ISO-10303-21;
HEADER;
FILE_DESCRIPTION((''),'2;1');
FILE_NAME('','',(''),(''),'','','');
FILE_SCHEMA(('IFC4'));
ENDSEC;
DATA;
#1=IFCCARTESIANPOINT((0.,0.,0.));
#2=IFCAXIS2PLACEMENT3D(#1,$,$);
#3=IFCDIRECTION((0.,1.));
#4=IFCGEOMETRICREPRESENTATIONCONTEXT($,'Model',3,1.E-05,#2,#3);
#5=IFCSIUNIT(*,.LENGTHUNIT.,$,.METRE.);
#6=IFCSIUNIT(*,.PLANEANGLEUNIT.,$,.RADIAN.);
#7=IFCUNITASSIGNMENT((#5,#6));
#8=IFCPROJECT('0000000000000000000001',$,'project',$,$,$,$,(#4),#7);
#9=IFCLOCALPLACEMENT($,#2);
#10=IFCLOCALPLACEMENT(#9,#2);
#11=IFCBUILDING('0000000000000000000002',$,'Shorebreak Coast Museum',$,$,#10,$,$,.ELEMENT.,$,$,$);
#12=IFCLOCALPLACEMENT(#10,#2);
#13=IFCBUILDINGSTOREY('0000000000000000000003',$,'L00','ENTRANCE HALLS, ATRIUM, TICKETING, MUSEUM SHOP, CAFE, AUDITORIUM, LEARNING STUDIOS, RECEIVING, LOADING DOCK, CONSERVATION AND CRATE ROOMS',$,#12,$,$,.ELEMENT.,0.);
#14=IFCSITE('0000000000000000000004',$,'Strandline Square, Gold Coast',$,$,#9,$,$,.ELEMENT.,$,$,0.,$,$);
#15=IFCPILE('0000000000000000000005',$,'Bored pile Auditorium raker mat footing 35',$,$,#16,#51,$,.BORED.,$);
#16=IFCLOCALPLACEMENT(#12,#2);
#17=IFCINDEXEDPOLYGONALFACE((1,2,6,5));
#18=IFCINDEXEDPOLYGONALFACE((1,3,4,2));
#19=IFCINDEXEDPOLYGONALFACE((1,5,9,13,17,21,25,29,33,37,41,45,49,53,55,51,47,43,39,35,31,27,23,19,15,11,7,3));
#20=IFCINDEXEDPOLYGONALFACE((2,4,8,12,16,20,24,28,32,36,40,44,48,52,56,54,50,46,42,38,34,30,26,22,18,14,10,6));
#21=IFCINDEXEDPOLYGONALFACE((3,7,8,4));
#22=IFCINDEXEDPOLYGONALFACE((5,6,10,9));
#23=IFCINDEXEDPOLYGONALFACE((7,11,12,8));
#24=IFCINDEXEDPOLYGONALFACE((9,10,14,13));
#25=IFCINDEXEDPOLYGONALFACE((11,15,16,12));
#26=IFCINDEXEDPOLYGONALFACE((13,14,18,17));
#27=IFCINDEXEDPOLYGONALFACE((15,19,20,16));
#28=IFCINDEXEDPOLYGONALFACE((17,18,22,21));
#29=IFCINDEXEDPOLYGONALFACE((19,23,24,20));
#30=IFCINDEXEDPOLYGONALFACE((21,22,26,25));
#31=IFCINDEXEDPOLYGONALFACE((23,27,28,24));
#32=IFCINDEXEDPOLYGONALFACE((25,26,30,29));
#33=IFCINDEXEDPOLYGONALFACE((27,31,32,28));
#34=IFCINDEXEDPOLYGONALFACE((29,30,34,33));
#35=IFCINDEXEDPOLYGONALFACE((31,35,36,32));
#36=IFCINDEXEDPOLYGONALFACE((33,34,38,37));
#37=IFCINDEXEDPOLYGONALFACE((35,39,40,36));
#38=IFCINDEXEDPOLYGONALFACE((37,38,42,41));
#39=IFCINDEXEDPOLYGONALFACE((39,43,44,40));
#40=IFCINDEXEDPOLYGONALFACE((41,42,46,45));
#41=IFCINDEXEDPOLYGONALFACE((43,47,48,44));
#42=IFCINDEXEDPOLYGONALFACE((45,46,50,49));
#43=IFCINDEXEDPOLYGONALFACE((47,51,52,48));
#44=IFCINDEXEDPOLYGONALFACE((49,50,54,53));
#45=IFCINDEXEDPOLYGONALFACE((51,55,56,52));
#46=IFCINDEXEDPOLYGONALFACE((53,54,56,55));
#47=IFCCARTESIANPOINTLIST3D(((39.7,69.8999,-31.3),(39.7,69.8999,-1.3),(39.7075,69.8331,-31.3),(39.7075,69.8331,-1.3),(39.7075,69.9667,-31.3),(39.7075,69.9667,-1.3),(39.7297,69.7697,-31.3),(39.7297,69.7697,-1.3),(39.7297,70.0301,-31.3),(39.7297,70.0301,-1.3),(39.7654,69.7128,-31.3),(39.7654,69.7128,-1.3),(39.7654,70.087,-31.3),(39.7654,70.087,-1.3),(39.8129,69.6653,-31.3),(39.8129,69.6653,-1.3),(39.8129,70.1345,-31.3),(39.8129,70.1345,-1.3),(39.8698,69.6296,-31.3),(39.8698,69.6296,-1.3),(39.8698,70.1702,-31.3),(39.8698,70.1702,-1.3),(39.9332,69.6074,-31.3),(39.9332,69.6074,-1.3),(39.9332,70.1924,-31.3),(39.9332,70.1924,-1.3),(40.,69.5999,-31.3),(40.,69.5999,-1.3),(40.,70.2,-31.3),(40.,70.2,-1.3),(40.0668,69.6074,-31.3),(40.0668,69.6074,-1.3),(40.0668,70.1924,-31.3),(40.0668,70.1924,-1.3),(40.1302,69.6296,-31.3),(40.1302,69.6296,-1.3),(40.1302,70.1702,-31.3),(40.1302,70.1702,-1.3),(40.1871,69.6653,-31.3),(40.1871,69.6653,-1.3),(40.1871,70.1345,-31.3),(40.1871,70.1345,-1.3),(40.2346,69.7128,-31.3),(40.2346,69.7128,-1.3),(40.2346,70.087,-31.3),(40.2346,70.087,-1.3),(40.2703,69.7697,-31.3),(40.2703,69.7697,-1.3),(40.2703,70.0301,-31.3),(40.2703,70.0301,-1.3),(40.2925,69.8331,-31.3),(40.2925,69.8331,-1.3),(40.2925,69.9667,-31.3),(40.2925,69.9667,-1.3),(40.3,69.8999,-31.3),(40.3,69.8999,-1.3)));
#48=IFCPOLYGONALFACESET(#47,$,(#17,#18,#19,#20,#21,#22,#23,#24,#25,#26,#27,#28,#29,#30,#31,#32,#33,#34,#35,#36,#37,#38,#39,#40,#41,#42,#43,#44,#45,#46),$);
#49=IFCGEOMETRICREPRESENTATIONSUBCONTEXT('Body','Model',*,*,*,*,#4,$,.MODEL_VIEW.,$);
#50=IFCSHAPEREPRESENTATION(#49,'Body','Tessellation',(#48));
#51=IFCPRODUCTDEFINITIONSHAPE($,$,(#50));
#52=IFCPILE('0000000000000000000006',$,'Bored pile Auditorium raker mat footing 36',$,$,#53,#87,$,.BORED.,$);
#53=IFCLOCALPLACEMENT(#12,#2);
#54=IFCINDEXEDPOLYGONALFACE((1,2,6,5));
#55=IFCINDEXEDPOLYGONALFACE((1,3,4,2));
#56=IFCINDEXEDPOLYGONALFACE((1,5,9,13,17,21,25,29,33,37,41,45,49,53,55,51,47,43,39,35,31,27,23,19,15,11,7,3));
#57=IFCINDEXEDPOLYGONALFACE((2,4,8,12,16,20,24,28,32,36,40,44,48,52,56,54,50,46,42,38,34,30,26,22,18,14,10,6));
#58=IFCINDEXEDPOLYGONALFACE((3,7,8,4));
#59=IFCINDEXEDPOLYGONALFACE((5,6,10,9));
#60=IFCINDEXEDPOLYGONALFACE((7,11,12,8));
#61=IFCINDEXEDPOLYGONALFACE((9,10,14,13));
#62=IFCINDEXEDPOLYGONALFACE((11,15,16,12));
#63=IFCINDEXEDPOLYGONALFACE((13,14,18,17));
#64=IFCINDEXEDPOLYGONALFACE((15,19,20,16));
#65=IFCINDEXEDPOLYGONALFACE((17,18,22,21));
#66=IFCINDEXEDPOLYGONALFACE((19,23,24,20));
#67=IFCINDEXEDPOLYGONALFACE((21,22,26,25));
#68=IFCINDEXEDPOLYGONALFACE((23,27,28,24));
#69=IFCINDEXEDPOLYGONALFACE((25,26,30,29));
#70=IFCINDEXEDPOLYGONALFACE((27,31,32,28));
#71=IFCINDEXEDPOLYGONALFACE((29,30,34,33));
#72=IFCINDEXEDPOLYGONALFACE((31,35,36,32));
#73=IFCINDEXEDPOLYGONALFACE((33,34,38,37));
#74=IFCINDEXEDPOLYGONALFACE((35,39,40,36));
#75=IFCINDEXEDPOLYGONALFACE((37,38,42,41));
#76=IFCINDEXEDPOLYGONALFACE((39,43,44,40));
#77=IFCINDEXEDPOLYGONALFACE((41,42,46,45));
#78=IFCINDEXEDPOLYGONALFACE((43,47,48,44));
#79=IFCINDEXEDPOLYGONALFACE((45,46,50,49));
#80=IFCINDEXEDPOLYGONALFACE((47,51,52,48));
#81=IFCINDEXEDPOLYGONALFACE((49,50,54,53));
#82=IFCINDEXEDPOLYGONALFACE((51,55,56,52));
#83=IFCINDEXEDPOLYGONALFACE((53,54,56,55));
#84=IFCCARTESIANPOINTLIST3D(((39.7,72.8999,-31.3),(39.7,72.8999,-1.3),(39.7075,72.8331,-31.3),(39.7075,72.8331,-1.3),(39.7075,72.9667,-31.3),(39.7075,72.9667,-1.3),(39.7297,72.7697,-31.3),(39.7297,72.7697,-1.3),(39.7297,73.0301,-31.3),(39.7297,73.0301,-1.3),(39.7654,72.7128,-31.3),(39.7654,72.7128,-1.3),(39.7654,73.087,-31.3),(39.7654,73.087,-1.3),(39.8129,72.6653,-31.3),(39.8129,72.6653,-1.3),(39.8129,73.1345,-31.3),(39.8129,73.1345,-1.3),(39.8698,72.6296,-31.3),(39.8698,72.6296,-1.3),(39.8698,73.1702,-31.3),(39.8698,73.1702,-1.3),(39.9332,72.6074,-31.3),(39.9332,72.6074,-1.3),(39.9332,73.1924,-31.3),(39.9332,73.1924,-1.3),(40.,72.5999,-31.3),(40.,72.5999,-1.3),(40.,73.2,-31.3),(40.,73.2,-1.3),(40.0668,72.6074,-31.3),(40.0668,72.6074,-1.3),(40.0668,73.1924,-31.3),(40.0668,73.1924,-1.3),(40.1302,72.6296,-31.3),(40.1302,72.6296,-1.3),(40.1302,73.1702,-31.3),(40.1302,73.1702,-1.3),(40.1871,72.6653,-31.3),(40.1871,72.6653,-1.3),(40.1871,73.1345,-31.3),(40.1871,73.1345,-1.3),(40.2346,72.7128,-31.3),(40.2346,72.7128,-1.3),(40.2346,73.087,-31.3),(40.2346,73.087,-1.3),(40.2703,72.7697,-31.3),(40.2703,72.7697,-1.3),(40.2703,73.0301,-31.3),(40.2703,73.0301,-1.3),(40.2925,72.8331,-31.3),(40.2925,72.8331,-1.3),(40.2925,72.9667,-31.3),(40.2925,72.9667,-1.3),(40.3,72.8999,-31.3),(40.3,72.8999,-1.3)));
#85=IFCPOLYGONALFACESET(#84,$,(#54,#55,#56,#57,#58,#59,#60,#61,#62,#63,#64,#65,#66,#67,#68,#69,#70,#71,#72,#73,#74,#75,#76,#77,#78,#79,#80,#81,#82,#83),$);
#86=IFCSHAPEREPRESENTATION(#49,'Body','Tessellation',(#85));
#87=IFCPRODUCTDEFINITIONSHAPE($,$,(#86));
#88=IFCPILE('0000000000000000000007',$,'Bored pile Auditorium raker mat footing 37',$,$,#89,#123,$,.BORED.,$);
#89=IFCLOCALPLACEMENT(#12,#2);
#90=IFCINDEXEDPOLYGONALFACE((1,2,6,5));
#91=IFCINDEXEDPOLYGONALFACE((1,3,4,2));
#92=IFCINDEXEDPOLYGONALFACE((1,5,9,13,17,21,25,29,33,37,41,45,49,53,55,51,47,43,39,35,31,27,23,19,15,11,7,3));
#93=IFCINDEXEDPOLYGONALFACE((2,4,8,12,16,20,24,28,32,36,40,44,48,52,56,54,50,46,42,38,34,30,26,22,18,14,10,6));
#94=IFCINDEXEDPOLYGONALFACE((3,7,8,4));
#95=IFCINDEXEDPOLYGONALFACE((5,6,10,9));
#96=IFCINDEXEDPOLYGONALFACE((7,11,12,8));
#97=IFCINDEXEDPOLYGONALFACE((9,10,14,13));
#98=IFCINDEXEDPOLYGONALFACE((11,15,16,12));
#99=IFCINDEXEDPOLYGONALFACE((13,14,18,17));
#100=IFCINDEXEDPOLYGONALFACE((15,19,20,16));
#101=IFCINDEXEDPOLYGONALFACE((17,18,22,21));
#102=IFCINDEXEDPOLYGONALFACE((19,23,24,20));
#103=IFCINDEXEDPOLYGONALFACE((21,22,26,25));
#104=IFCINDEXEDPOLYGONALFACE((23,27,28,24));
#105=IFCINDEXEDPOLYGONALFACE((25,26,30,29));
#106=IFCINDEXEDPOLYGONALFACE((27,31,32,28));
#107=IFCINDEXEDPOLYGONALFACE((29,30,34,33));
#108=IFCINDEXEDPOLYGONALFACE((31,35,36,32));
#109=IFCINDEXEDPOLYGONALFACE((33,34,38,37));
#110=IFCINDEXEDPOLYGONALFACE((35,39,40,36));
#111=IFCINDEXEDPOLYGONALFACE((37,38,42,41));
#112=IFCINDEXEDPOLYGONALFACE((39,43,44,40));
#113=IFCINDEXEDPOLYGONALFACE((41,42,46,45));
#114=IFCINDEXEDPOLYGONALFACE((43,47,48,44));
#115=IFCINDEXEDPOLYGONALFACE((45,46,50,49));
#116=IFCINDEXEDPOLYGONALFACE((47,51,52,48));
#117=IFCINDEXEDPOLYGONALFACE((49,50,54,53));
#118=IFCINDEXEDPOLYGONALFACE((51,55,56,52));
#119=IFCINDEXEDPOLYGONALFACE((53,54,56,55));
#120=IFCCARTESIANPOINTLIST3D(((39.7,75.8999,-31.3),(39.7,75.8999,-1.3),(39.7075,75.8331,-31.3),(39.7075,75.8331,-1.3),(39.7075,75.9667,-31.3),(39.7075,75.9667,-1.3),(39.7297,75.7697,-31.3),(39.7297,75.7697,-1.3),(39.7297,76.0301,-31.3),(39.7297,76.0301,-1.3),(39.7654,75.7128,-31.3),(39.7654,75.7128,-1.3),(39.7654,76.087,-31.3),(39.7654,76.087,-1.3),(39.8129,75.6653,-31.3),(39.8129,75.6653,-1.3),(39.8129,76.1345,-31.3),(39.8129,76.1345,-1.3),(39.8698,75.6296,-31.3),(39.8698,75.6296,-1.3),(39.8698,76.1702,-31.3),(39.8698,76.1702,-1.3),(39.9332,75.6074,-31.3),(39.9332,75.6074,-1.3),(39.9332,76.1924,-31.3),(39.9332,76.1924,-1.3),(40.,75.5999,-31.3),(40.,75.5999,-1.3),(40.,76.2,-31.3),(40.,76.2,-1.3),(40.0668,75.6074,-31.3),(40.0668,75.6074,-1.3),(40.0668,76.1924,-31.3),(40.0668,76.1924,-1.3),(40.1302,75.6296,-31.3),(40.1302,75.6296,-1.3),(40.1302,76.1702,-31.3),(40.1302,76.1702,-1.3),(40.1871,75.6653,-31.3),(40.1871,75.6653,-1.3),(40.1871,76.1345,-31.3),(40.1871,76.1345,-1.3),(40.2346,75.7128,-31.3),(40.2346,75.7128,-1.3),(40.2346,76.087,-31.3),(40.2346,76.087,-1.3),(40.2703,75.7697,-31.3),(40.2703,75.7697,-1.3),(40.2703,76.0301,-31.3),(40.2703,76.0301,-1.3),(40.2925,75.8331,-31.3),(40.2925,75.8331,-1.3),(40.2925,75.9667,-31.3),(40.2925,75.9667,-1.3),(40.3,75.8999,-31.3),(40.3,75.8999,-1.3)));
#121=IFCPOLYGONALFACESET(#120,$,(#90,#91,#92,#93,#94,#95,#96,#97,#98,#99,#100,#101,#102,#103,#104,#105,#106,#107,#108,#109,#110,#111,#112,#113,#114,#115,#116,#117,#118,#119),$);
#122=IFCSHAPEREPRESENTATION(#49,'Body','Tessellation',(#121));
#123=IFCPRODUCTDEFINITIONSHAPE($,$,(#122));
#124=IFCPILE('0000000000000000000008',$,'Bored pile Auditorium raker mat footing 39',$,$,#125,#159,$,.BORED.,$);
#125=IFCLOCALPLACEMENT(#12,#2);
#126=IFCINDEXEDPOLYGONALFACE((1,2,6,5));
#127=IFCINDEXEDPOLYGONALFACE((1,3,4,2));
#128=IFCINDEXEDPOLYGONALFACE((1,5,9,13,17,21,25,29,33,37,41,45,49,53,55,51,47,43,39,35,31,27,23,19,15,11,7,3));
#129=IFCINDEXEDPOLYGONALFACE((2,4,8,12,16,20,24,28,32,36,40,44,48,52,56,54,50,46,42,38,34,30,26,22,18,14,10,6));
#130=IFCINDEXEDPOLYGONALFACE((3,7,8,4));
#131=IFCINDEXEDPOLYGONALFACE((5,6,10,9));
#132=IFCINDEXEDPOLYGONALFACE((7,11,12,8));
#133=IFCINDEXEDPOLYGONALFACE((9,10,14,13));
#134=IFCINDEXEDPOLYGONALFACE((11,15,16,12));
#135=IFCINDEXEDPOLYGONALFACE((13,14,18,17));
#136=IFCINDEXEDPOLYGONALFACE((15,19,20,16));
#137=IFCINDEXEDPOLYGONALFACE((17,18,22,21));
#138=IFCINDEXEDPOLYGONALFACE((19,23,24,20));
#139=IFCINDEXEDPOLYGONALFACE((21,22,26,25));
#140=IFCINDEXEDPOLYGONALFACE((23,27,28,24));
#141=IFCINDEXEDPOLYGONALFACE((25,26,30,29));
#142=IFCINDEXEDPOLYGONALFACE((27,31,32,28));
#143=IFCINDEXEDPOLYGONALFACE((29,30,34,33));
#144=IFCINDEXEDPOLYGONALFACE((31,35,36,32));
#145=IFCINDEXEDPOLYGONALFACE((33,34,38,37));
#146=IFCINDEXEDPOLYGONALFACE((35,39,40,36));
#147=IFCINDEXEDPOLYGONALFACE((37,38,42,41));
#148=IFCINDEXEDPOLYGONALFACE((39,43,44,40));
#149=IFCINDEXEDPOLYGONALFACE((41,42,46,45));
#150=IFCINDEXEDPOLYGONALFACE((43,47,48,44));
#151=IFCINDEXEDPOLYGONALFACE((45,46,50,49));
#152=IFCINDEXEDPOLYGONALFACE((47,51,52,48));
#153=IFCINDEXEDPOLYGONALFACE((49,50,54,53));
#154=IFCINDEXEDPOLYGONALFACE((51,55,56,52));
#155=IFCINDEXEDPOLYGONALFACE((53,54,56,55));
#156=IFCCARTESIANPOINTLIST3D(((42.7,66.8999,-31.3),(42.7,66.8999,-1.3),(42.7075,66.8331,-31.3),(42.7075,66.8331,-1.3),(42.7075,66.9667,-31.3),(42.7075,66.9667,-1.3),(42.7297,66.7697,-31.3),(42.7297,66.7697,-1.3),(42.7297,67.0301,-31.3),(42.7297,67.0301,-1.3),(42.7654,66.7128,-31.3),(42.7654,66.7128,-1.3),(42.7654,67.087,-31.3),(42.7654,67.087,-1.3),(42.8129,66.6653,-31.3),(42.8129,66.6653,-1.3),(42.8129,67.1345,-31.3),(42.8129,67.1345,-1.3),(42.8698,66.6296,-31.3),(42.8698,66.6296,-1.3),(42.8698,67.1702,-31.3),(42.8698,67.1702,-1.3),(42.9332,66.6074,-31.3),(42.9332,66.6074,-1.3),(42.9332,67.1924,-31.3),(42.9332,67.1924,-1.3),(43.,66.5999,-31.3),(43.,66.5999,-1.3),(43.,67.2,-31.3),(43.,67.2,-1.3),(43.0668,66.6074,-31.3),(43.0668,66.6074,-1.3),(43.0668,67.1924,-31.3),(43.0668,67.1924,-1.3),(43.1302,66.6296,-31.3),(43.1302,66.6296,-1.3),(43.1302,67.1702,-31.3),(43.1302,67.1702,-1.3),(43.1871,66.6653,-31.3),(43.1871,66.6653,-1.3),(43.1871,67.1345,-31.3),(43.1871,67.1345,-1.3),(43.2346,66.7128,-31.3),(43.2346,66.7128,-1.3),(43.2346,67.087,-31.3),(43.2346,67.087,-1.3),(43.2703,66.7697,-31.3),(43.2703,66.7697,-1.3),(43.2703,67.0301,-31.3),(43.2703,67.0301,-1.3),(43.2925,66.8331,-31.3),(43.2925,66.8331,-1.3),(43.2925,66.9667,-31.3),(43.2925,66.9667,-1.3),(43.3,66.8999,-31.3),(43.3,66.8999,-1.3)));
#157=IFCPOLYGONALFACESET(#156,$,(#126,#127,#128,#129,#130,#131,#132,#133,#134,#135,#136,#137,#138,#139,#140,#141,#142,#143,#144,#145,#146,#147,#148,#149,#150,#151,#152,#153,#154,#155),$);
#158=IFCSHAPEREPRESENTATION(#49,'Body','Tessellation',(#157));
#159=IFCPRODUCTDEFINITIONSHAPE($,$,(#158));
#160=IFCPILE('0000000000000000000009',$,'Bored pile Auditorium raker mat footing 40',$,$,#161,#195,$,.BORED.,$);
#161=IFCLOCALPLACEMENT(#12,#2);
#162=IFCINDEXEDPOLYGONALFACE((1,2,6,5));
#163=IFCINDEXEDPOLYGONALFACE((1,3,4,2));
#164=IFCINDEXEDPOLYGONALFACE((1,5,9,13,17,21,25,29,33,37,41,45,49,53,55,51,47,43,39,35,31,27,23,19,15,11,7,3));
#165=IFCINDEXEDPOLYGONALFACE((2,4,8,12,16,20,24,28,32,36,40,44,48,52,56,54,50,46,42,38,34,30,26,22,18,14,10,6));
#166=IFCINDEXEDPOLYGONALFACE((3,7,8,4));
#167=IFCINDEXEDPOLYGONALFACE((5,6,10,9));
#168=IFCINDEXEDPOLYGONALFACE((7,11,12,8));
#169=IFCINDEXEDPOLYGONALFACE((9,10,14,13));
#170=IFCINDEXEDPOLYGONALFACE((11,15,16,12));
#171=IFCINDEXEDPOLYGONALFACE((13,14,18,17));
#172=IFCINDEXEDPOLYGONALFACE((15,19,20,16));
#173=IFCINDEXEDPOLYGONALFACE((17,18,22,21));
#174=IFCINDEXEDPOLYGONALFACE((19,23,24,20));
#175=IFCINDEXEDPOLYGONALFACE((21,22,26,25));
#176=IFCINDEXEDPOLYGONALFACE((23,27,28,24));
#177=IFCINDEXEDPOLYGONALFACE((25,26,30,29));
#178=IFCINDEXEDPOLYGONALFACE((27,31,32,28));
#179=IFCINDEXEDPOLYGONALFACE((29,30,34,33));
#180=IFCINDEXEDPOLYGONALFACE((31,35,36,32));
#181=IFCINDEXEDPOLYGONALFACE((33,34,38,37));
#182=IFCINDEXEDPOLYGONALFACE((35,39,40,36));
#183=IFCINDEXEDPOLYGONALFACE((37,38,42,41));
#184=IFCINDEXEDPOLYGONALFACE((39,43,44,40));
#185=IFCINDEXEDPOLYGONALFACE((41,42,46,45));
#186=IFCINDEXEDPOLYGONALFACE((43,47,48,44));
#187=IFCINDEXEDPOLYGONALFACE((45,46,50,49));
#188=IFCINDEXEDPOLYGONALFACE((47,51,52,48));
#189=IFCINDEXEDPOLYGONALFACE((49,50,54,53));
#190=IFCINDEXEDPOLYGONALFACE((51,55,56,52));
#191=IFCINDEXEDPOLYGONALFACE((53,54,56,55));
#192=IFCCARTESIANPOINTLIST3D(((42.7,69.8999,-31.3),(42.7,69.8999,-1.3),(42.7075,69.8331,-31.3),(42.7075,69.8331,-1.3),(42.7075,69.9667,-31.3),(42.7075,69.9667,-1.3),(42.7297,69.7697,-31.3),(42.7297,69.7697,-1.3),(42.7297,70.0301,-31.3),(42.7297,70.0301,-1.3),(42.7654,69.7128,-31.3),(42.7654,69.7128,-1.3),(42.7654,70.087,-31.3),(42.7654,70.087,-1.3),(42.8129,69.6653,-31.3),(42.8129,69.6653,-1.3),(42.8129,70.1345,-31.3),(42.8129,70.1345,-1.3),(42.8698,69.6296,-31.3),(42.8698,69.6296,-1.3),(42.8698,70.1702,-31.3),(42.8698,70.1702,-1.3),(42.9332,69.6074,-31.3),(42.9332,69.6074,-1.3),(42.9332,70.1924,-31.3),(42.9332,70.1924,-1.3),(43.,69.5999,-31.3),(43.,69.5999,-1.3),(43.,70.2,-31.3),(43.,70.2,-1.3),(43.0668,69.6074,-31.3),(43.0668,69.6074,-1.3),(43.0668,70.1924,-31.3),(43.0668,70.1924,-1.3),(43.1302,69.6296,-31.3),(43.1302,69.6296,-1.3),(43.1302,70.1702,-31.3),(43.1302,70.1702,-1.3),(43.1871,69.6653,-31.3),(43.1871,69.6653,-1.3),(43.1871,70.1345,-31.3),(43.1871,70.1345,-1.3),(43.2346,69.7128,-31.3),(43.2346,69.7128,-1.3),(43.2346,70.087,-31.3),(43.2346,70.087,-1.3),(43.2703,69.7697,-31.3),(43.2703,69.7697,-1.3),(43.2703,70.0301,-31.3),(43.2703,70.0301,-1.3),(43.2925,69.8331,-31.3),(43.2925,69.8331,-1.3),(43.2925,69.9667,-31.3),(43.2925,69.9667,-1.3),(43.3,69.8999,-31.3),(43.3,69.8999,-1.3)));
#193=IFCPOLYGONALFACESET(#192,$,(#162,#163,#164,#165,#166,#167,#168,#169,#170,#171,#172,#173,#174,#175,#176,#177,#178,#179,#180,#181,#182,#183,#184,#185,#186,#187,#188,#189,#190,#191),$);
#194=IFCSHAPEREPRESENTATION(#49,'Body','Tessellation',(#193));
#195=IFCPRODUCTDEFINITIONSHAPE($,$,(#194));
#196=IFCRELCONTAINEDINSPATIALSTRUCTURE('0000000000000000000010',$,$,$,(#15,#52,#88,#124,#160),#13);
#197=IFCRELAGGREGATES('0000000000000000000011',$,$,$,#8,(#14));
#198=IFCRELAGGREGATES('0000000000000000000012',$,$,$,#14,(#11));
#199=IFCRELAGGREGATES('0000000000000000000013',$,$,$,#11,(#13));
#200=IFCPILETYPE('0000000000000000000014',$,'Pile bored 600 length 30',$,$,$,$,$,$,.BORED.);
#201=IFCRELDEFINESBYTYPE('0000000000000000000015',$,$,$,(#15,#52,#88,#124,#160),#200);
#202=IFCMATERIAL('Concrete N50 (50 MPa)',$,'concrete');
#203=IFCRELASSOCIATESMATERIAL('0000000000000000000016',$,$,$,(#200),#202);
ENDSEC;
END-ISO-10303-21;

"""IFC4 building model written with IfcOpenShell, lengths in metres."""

from ifc_helpers import new_model, si_unit, direction, frame, origin, origin_2d, place, context, subcontext, project, spatial, circle, extrude, material, material_profile, profile_set, type_object, element, save


model = new_model("IFC4")

# Units and contexts
model_context = context("Model", 3, precision=1e-05, world=origin(), true_north=direction((0.0, 1.0)))
body_context = subcontext(model_context, "Body", "Model", "MODEL_VIEW")
ifc_project = project(units=[si_unit("LENGTHUNIT", "METRE"), si_unit("PLANEANGLEUNIT", "RADIAN")], contexts=[model_context])

# Site, building, storey
site_placement = place(None, origin())
site = spatial("IfcSite", under=ifc_project, at=site_placement, Name="Strandline Square, Gold Coast", CompositionType="ELEMENT", RefElevation=0.0)
building_placement = place(site_placement, origin())
building = spatial("IfcBuilding", under=site, at=building_placement, Name="Shorebreak Coast Museum", CompositionType="ELEMENT")
storey_placement = place(building_placement, origin())
storey = spatial("IfcBuildingStorey", under=building, at=storey_placement, Name="L00", Description="ENTRANCE HALLS, ATRIUM, TICKETING, MUSEUM SHOP, CAFE, AUDITORIUM, LEARNING STUDIOS, RECEIVING, LOADING DOCK, CONSERVATION AND CRATE ROOMS", CompositionType="ELEMENT", Elevation=0.0)

# Piles
ifc_material_1 = material(Name="Concrete N50 (50 MPa)", Category="concrete")
ifc_material_profile_1 = material_profile(ifc_material_1, circle(Radius=0.3, at=origin_2d()), Name="Pile bored 600 length 30")
ifc_profile_set_1 = profile_set([ifc_material_profile_1], Name="Concrete N50 (50 MPa)")
pile_type_1 = type_object("IfcPileType", Name="Pile bored 600 length 30", PredefinedType="BORED", material=ifc_profile_set_1)
for number, where, z_axis, x_axis, name in (
    (1, (40.0, 69.8999, -1.3), (0.0, 0.0, -1.0), (1.0, 0.0, 0.0), "Bored pile Auditorium raker mat footing 35"),
    (2, (40.0, 72.8999, -1.3), (0.0, 0.0, -1.0), (1.0, 0.0, 0.0), "Bored pile Auditorium raker mat footing 36"),
    (3, (40.0, 75.8999, -1.3), (0.0, 0.0, -1.0), (1.0, 0.0, 0.0), "Bored pile Auditorium raker mat footing 37"),
    (4, (43.0, 66.8999, -1.3), (0.0, 0.0, -1.0), (1.0, 0.0, 0.0), "Bored pile Auditorium raker mat footing 39"),
    (5, (43.0, 69.8999, -1.3), (0.0, 0.0, -1.0), (1.0, 0.0, 0.0), "Bored pile Auditorium raker mat footing 40"),
):
    element("IfcPile", number, at=place(storey_placement, frame(where, z_axis=z_axis, x_axis=x_axis)), inside=storey, type_object=pile_type_1, Name=name, PredefinedType="BORED", context=body_context, shape_type="SweptSolid", body=[
        extrude(circle(Radius=0.3, at=origin_2d()), origin(), (0.0, 0.0, 1.0), 30.0),
    ])

save(model, "model.ifc")
